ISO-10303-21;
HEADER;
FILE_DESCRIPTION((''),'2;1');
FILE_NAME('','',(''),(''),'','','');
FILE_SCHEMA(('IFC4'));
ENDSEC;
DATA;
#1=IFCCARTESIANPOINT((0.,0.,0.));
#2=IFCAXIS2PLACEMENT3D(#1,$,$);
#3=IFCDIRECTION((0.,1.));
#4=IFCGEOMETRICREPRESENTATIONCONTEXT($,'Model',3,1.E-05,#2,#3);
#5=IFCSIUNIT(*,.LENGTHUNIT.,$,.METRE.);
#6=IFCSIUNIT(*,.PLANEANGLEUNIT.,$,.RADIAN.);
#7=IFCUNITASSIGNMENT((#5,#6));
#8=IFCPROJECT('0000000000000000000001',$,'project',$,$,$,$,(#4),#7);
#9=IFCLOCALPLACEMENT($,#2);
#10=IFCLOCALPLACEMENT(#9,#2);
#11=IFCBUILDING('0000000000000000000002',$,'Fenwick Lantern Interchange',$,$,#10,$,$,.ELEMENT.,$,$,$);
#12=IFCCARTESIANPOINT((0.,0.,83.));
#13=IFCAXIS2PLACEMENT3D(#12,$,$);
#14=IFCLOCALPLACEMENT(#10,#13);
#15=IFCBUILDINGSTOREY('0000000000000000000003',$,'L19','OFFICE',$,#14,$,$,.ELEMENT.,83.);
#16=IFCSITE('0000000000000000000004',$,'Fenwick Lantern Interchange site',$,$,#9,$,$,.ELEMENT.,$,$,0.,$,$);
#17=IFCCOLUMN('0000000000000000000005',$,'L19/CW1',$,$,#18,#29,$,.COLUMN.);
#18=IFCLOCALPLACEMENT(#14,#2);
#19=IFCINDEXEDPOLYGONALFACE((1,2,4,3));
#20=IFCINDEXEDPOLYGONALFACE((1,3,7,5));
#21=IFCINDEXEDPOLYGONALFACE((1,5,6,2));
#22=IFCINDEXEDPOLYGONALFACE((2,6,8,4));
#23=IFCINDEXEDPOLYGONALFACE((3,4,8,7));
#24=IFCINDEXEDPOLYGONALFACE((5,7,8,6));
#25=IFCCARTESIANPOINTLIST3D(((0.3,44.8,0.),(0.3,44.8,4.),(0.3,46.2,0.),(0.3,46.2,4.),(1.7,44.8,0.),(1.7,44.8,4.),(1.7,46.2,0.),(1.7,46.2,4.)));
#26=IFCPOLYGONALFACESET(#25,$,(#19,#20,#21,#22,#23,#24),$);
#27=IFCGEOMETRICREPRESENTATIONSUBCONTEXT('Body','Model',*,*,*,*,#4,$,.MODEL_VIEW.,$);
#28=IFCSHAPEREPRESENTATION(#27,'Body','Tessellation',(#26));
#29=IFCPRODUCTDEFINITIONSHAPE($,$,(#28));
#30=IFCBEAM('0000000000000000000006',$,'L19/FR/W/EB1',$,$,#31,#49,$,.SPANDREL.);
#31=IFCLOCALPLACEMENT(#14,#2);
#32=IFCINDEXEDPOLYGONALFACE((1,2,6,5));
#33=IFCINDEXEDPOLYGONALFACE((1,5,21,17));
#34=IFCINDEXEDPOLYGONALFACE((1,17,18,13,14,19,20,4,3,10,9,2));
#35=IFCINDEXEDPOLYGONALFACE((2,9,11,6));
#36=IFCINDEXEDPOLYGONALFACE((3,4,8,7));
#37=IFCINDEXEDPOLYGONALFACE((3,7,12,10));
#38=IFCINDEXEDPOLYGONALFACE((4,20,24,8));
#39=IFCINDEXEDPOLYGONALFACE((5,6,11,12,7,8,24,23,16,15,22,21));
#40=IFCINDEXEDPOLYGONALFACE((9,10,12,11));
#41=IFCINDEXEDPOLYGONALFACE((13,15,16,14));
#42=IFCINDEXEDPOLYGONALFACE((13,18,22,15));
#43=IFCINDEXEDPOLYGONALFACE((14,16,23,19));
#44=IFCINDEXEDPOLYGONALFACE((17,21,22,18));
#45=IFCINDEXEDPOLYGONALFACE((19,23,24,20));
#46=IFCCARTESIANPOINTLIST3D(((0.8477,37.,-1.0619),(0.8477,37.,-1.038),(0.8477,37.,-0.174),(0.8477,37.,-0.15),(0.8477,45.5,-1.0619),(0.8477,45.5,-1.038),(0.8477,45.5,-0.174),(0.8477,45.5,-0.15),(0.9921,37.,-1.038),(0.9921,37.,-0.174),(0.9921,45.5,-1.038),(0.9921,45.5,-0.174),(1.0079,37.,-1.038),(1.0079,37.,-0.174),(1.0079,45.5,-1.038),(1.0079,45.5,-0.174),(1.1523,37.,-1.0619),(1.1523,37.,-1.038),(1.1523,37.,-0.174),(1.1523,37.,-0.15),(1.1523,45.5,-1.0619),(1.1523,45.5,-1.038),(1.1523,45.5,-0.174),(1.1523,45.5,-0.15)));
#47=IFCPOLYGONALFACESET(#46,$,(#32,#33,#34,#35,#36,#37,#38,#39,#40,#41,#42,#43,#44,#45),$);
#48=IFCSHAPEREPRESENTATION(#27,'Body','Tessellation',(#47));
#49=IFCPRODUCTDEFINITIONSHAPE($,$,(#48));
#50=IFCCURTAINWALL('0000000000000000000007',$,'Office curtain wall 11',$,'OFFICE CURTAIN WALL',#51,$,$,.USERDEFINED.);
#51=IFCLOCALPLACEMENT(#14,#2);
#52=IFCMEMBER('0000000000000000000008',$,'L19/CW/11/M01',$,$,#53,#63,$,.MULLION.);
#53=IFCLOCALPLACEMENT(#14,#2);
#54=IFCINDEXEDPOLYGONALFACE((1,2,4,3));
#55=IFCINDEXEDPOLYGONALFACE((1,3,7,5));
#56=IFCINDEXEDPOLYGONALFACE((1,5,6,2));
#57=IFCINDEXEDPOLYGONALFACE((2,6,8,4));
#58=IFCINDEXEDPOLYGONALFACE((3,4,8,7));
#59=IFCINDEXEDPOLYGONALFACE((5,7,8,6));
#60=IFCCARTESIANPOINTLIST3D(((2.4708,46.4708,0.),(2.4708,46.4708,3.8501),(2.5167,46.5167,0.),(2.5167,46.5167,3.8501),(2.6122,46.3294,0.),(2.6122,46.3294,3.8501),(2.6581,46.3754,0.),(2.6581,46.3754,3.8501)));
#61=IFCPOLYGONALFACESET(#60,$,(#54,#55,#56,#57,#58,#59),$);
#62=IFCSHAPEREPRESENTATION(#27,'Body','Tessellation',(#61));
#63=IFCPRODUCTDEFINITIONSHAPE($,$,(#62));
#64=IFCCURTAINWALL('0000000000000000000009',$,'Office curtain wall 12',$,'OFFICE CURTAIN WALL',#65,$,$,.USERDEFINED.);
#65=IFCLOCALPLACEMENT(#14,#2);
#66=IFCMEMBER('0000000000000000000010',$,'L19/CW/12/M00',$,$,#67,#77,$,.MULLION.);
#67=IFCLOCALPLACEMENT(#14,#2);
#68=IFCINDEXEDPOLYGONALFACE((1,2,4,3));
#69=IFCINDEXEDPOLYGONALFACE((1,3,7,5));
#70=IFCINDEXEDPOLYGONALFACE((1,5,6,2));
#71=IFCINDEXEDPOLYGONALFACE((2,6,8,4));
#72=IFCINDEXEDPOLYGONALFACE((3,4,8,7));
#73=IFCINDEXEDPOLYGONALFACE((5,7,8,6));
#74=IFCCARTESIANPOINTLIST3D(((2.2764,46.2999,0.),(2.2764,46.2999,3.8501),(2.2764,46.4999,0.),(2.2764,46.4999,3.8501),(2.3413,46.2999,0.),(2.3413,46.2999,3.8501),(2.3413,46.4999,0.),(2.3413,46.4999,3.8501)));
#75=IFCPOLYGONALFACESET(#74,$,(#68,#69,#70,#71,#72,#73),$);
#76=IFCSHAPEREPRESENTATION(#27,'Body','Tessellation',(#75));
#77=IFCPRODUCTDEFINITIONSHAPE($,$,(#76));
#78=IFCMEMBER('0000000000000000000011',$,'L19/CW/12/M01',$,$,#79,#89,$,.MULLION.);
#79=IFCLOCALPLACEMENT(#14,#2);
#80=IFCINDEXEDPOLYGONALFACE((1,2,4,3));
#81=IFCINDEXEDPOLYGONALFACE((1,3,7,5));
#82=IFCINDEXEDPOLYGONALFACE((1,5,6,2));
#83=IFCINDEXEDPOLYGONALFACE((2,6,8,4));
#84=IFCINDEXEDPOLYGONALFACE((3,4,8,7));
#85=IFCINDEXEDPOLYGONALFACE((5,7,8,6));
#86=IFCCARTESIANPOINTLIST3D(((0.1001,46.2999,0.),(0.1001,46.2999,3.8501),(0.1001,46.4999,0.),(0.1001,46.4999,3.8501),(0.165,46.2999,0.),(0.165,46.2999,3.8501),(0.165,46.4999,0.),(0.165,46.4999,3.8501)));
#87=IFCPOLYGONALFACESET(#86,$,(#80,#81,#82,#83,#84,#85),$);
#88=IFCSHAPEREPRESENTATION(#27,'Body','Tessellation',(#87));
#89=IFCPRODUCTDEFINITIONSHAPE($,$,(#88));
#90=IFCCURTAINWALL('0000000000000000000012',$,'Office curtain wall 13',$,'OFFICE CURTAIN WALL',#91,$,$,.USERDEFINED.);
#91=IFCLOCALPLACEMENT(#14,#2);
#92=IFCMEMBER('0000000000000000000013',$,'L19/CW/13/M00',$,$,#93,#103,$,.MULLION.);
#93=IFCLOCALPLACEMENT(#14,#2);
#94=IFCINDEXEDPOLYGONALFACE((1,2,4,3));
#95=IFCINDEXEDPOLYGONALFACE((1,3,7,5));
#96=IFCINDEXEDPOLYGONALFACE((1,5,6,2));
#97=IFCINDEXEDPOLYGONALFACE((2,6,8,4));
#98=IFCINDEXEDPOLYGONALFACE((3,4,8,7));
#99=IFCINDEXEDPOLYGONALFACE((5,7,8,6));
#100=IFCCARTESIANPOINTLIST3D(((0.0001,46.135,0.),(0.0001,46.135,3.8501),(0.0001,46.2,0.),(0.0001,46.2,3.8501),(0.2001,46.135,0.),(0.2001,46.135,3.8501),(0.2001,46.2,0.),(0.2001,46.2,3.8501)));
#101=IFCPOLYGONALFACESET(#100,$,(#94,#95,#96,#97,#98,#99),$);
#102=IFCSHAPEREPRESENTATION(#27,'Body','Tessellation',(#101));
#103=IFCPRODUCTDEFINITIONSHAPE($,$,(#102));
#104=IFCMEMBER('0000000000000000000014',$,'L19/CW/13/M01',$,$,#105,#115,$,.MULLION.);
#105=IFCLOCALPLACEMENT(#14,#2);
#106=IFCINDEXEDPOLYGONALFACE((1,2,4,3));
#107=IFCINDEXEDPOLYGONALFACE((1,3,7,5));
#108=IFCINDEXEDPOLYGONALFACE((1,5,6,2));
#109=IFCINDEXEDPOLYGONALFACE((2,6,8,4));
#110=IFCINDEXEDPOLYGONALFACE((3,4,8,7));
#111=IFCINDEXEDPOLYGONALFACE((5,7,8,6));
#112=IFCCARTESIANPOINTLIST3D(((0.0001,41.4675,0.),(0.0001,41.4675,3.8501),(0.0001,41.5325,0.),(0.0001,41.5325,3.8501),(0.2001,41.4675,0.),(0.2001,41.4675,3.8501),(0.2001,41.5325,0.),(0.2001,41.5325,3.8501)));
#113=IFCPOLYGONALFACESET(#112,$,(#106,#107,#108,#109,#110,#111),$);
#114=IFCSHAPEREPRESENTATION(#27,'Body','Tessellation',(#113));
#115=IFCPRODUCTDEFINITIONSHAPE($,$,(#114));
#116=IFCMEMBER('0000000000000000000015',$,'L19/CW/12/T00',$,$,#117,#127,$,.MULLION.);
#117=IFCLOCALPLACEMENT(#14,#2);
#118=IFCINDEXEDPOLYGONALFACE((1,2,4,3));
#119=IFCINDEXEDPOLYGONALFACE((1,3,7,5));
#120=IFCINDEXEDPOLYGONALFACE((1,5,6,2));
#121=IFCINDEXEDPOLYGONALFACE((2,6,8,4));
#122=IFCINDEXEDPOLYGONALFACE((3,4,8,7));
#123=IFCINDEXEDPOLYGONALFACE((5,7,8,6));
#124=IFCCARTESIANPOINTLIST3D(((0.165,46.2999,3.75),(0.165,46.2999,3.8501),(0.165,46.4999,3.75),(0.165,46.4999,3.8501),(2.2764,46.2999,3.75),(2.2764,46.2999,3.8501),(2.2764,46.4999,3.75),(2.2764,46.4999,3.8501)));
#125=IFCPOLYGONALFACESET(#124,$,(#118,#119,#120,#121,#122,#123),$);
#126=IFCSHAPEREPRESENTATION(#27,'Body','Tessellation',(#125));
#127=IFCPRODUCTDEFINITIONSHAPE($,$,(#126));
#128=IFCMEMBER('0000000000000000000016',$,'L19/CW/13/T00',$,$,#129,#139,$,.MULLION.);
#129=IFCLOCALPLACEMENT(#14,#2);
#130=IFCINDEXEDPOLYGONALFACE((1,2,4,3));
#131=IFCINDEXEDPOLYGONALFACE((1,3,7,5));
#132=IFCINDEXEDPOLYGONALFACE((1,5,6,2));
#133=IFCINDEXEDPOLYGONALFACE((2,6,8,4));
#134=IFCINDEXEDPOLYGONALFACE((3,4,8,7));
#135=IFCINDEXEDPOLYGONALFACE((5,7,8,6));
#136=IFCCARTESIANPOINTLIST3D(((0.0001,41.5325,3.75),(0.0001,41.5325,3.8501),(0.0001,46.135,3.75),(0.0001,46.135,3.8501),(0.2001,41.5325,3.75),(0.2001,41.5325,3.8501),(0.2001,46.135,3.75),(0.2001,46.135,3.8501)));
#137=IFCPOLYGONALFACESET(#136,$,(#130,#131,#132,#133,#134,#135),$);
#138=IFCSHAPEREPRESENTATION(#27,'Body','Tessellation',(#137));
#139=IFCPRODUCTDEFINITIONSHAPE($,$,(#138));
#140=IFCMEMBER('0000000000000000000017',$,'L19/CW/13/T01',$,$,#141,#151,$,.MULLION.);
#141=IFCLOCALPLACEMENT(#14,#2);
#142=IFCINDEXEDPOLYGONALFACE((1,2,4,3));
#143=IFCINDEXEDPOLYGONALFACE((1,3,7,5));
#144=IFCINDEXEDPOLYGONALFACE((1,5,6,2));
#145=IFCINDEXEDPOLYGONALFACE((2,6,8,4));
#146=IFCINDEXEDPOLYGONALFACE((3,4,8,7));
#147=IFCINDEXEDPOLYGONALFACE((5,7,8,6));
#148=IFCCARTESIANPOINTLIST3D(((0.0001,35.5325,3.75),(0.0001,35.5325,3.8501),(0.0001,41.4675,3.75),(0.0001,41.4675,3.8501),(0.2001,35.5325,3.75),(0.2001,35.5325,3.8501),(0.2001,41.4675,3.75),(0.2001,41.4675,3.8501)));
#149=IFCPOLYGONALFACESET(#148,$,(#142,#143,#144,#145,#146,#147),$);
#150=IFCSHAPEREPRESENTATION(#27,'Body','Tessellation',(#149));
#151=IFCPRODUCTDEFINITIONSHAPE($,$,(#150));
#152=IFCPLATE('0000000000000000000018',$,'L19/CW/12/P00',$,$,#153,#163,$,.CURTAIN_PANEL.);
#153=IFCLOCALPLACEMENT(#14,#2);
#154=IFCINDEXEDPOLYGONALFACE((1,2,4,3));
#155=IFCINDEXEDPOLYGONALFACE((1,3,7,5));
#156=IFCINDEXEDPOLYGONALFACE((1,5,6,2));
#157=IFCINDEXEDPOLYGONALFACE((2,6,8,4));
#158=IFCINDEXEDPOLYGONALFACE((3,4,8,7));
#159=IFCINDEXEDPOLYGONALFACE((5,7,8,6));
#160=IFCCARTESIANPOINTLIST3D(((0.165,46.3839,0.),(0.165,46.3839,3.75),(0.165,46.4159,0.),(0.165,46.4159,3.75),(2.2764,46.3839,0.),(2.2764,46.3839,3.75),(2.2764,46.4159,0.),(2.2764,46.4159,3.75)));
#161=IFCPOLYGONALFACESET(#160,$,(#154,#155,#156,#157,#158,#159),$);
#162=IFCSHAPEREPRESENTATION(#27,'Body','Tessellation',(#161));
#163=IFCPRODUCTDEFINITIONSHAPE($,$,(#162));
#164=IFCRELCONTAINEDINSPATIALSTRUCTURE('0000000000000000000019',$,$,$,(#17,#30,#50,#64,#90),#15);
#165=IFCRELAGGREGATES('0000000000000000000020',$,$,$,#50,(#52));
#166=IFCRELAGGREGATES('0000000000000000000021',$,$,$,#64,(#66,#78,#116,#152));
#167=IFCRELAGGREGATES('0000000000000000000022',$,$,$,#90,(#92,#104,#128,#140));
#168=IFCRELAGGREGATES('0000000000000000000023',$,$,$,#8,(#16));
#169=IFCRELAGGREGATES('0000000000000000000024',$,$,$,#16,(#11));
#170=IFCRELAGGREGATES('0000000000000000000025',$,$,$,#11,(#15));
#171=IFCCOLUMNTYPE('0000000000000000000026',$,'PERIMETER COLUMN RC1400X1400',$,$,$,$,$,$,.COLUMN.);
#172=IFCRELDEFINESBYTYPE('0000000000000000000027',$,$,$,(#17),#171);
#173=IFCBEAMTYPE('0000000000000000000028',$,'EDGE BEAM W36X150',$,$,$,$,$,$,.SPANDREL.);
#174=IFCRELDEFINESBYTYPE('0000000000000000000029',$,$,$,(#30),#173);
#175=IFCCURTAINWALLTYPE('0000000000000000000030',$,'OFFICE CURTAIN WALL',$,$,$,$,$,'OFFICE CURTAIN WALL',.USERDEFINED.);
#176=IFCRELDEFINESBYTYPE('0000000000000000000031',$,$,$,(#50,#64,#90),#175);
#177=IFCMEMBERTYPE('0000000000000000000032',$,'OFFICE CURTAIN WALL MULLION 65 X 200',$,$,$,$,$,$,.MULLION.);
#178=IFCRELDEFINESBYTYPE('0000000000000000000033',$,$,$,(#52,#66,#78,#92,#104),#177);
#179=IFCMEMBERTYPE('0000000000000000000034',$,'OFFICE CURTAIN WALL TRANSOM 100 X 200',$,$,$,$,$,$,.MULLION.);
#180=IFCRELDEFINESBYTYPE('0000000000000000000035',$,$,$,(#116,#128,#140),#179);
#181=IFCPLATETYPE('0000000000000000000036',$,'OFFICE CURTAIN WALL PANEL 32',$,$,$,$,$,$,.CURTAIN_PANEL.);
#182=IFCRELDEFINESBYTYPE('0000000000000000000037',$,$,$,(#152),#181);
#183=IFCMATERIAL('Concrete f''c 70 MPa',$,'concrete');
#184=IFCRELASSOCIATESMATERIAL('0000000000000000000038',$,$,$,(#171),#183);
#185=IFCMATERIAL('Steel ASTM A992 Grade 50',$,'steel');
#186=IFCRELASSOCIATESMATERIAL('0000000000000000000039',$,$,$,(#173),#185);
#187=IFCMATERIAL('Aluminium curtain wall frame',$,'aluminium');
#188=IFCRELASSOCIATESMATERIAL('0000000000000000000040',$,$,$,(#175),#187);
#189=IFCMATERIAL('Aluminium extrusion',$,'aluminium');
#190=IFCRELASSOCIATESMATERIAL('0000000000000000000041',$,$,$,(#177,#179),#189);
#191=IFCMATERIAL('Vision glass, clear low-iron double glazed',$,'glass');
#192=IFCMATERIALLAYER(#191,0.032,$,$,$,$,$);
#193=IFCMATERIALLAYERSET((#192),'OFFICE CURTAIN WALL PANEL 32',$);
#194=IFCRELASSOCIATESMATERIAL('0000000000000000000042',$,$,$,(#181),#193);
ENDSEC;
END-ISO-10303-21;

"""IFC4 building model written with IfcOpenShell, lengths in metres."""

from ifc_helpers import new_model, si_unit, direction, frame, origin, origin_2d, place, context, subcontext, project, spatial, rectangle, i_section, extrude, material, layer, layer_set, material_profile, profile_set, type_object, element, aggregate, save


model = new_model("IFC4")

# Units and contexts
model_context = context("Model", 3, precision=1e-05, world=origin(), true_north=direction((0.0, 1.0)))
body_context = subcontext(model_context, "Body", "Model", "MODEL_VIEW")
ifc_project = project(units=[si_unit("LENGTHUNIT", "METRE"), si_unit("PLANEANGLEUNIT", "RADIAN")], contexts=[model_context])

# Site, building, storey
site_placement = place(None, origin())
site = spatial("IfcSite", under=ifc_project, at=site_placement, Name="Fenwick Lantern Interchange site", CompositionType="ELEMENT", RefElevation=0.0)
building_placement = place(site_placement, origin())
building = spatial("IfcBuilding", under=site, at=building_placement, Name="Fenwick Lantern Interchange", CompositionType="ELEMENT")
storey_placement = place(building_placement, frame((0.0, 0.0, 83.0)))
storey = spatial("IfcBuildingStorey", under=building, at=storey_placement, Name="L19", Description="OFFICE", CompositionType="ELEMENT", Elevation=83.0)

# Column
ifc_material_1 = material(Name="Concrete f'c 70 MPa", Category="concrete")
ifc_material_profile_1 = material_profile(ifc_material_1, rectangle(XDim=1.3999, YDim=1.3999, at=origin_2d()), Name="RC1400X1400")
ifc_profile_set_1 = profile_set([ifc_material_profile_1], Name="Concrete f'c 70 MPa")
column_type = type_object("IfcColumnType", Name="PERIMETER COLUMN RC1400X1400", PredefinedType="COLUMN", material=ifc_profile_set_1)
column_placement = place(storey_placement, frame((1.0, 45.5, 0.0), z_axis=(0.0, 0.0, 1.0), x_axis=(1.0, 0.0, 0.0)))
element("IfcColumn", 1, at=column_placement, inside=storey, type_object=column_type, Name="L19/CW1", PredefinedType="COLUMN", context=body_context, shape_type="SweptSolid", body=[
    extrude(rectangle(XDim=1.3999, YDim=1.3999, at=origin_2d()), origin(), (0.0, 0.0, 1.0), 4.0),
])

# Beam
ifc_material_2 = material(Name="Steel ASTM A992 Grade 50", Category="steel")
ifc_material_profile_2 = material_profile(ifc_material_2, i_section(OverallWidth=0.3047, OverallDepth=0.9119, WebThickness=0.0159, FlangeThickness=0.0239, at=origin_2d()), Name="W36X150")
ifc_profile_set_2 = profile_set([ifc_material_profile_2], Name="Steel ASTM A992 Grade 50")
beam_type = type_object("IfcBeamType", Name="EDGE BEAM W36X150", PredefinedType="SPANDREL", material=ifc_profile_set_2)
beam_placement = place(storey_placement, frame((1.0, 45.5, -0.606), z_axis=(0.0, -1.0, 0.0), x_axis=(1.0, 0.0, 0.0)))
element("IfcBeam", 2, at=beam_placement, inside=storey, type_object=beam_type, Name="L19/FR/W/EB1", PredefinedType="SPANDREL", context=body_context, shape_type="SweptSolid", body=[
    extrude(i_section(OverallWidth=0.3047, OverallDepth=0.9119, WebThickness=0.0159, FlangeThickness=0.0239, at=origin_2d()), origin(), (0.0, 0.0, 1.0), 8.5),
])

# Curtain wall, member
ifc_material_3 = material(Name="Aluminium curtain wall frame", Category="aluminium")
curtain_wall_type = type_object("IfcCurtainWallType", Name="OFFICE CURTAIN WALL", ElementType="OFFICE CURTAIN WALL", PredefinedType="USERDEFINED", material=ifc_material_3)
curtain_wall_1_placement = place(storey_placement, origin())
curtain_wall_1 = element("IfcCurtainWall", 3, at=curtain_wall_1_placement, inside=storey, type_object=curtain_wall_type, Name="Office curtain wall 11", ObjectType="OFFICE CURTAIN WALL", PredefinedType="USERDEFINED")
ifc_material_4 = material(Name="Aluminium extrusion", Category="aluminium")
ifc_material_profile_3 = material_profile(ifc_material_4, rectangle(XDim=0.2, YDim=0.0649, at=origin_2d()), Name="OFFICE CURTAIN WALL MULLION 65 X 200")
ifc_profile_set_3 = profile_set([ifc_material_profile_3], Name="Aluminium extrusion")
member_type_1 = type_object("IfcMemberType", Name="OFFICE CURTAIN WALL MULLION 65 X 200", PredefinedType="MULLION", material=ifc_profile_set_3)
member_1_placement = place(storey_placement, frame((2.5645, 46.4231, 0.0), z_axis=(0.0, 0.0, 1.0), x_axis=(0.707107, -0.707107, 0.0)))
member_1 = element("IfcMember", 4, at=member_1_placement, type_object=member_type_1, Name="L19/CW/11/M01", PredefinedType="MULLION", context=body_context, shape_type="SweptSolid", body=[
    extrude(rectangle(XDim=0.2, YDim=0.0649, at=origin_2d()), origin(), (0.0, 0.0, 1.0), 3.8501),
])
aggregate(curtain_wall_1, [member_1])

# Curtain walls, members
curtain_wall_2_placement = place(storey_placement, origin())
curtain_wall_2 = element("IfcCurtainWall", 5, at=curtain_wall_2_placement, inside=storey, type_object=curtain_wall_type, Name="Office curtain wall 12", ObjectType="OFFICE CURTAIN WALL", PredefinedType="USERDEFINED")
member_2_placement = place(storey_placement, frame((2.3088, 46.3999, 0.0), z_axis=(0.0, 0.0, 1.0), x_axis=(0.0, -1.0, 0.0)))
member_2 = element("IfcMember", 6, at=member_2_placement, type_object=member_type_1, Name="L19/CW/12/M00", PredefinedType="MULLION", context=body_context, shape_type="SweptSolid", body=[
    extrude(rectangle(XDim=0.2, YDim=0.0649, at=origin_2d()), origin(), (0.0, 0.0, 1.0), 3.8501),
])
member_3_placement = place(storey_placement, frame((0.1326, 46.3999, 0.0), z_axis=(0.0, 0.0, 1.0), x_axis=(0.0, -1.0, 0.0)))
member_3 = element("IfcMember", 7, at=member_3_placement, type_object=member_type_1, Name="L19/CW/12/M01", PredefinedType="MULLION", context=body_context, shape_type="SweptSolid", body=[
    extrude(rectangle(XDim=0.2, YDim=0.0649, at=origin_2d()), origin(), (0.0, 0.0, 1.0), 3.8501),
])
curtain_wall_3_placement = place(storey_placement, origin())
curtain_wall_3 = element("IfcCurtainWall", 8, at=curtain_wall_3_placement, inside=storey, type_object=curtain_wall_type, Name="Office curtain wall 13", ObjectType="OFFICE CURTAIN WALL", PredefinedType="USERDEFINED")
member_4_placement = place(storey_placement, frame((0.1001, 46.1675, 0.0), z_axis=(0.0, 0.0, 1.0), x_axis=(1.0, 0.0, 0.0)))
member_4 = element("IfcMember", 9, at=member_4_placement, type_object=member_type_1, Name="L19/CW/13/M00", PredefinedType="MULLION", context=body_context, shape_type="SweptSolid", body=[
    extrude(rectangle(XDim=0.2, YDim=0.0649, at=origin_2d()), origin(), (0.0, 0.0, 1.0), 3.8501),
])
member_5_placement = place(storey_placement, frame((0.1001, 41.5, 0.0), z_axis=(0.0, 0.0, 1.0), x_axis=(1.0, 0.0, 0.0)))
member_5 = element("IfcMember", 10, at=member_5_placement, type_object=member_type_1, Name="L19/CW/13/M01", PredefinedType="MULLION", context=body_context, shape_type="SweptSolid", body=[
    extrude(rectangle(XDim=0.2, YDim=0.0649, at=origin_2d()), origin(), (0.0, 0.0, 1.0), 3.8501),
])

# Members
ifc_material_profile_4 = material_profile(ifc_material_4, rectangle(XDim=0.2, YDim=0.1001, at=origin_2d()), Name="OFFICE CURTAIN WALL TRANSOM 100 X 200")
ifc_profile_set_4 = profile_set([ifc_material_profile_4], Name="Aluminium extrusion")
member_type_2 = type_object("IfcMemberType", Name="OFFICE CURTAIN WALL TRANSOM 100 X 200", PredefinedType="MULLION", material=ifc_profile_set_4)
member_6_placement = place(storey_placement, frame((2.2764, 46.3999, 3.8), z_axis=(-1.0, 0.0, 0.0), x_axis=(0.0, -1.0, 0.0)))
member_6 = element("IfcMember", 11, at=member_6_placement, type_object=member_type_2, Name="L19/CW/12/T00", PredefinedType="MULLION", context=body_context, shape_type="SweptSolid", body=[
    extrude(rectangle(XDim=0.2, YDim=0.1001, at=origin_2d()), origin(), (0.0, 0.0, 1.0), 2.1113),
])
member_7_placement = place(storey_placement, frame((0.1001, 46.135, 3.8), z_axis=(0.0, -1.0, 0.0), x_axis=(1.0, 0.0, 0.0)))
member_7 = element("IfcMember", 12, at=member_7_placement, type_object=member_type_2, Name="L19/CW/13/T00", PredefinedType="MULLION", context=body_context, shape_type="SweptSolid", body=[
    extrude(rectangle(XDim=0.2, YDim=0.1001, at=origin_2d()), origin(), (0.0, 0.0, 1.0), 4.6025),
])
member_8_placement = place(storey_placement, frame((0.1001, 41.4675, 3.8), z_axis=(0.0, -1.0, 0.0), x_axis=(1.0, 0.0, 0.0)))
member_8 = element("IfcMember", 13, at=member_8_placement, type_object=member_type_2, Name="L19/CW/13/T01", PredefinedType="MULLION", context=body_context, shape_type="SweptSolid", body=[
    extrude(rectangle(XDim=0.2, YDim=0.1001, at=origin_2d()), origin(), (0.0, 0.0, 1.0), 5.9351),
])

# Plate
ifc_material_5 = material(Name="Vision glass, clear low-iron double glazed", Category="glass")
ifc_layer_1 = layer(ifc_material_5, 0.032)
ifc_layer_set_1 = layer_set([ifc_layer_1], Name="OFFICE CURTAIN WALL PANEL 32")
plate_type = type_object("IfcPlateType", Name="OFFICE CURTAIN WALL PANEL 32", PredefinedType="CURTAIN_PANEL", material=ifc_layer_set_1)
plate_1_placement = place(storey_placement, frame((1.2207, 46.3999, 0.0), z_axis=(0.0, 0.0, 1.0), x_axis=(-1.0, 0.0, 0.0)))
plate_1 = element("IfcPlate", 14, at=plate_1_placement, type_object=plate_type, Name="L19/CW/12/P00", PredefinedType="CURTAIN_PANEL", context=body_context, shape_type="SweptSolid", body=[
    extrude(rectangle(XDim=2.1113, YDim=0.032, at=origin_2d()), origin(), (0.0, 0.0, 1.0), 3.75),
])
aggregate(curtain_wall_2, [member_2, member_3, member_6, plate_1])
aggregate(curtain_wall_3, [member_4, member_5, member_7, member_8])

save(model, "model.ifc")
